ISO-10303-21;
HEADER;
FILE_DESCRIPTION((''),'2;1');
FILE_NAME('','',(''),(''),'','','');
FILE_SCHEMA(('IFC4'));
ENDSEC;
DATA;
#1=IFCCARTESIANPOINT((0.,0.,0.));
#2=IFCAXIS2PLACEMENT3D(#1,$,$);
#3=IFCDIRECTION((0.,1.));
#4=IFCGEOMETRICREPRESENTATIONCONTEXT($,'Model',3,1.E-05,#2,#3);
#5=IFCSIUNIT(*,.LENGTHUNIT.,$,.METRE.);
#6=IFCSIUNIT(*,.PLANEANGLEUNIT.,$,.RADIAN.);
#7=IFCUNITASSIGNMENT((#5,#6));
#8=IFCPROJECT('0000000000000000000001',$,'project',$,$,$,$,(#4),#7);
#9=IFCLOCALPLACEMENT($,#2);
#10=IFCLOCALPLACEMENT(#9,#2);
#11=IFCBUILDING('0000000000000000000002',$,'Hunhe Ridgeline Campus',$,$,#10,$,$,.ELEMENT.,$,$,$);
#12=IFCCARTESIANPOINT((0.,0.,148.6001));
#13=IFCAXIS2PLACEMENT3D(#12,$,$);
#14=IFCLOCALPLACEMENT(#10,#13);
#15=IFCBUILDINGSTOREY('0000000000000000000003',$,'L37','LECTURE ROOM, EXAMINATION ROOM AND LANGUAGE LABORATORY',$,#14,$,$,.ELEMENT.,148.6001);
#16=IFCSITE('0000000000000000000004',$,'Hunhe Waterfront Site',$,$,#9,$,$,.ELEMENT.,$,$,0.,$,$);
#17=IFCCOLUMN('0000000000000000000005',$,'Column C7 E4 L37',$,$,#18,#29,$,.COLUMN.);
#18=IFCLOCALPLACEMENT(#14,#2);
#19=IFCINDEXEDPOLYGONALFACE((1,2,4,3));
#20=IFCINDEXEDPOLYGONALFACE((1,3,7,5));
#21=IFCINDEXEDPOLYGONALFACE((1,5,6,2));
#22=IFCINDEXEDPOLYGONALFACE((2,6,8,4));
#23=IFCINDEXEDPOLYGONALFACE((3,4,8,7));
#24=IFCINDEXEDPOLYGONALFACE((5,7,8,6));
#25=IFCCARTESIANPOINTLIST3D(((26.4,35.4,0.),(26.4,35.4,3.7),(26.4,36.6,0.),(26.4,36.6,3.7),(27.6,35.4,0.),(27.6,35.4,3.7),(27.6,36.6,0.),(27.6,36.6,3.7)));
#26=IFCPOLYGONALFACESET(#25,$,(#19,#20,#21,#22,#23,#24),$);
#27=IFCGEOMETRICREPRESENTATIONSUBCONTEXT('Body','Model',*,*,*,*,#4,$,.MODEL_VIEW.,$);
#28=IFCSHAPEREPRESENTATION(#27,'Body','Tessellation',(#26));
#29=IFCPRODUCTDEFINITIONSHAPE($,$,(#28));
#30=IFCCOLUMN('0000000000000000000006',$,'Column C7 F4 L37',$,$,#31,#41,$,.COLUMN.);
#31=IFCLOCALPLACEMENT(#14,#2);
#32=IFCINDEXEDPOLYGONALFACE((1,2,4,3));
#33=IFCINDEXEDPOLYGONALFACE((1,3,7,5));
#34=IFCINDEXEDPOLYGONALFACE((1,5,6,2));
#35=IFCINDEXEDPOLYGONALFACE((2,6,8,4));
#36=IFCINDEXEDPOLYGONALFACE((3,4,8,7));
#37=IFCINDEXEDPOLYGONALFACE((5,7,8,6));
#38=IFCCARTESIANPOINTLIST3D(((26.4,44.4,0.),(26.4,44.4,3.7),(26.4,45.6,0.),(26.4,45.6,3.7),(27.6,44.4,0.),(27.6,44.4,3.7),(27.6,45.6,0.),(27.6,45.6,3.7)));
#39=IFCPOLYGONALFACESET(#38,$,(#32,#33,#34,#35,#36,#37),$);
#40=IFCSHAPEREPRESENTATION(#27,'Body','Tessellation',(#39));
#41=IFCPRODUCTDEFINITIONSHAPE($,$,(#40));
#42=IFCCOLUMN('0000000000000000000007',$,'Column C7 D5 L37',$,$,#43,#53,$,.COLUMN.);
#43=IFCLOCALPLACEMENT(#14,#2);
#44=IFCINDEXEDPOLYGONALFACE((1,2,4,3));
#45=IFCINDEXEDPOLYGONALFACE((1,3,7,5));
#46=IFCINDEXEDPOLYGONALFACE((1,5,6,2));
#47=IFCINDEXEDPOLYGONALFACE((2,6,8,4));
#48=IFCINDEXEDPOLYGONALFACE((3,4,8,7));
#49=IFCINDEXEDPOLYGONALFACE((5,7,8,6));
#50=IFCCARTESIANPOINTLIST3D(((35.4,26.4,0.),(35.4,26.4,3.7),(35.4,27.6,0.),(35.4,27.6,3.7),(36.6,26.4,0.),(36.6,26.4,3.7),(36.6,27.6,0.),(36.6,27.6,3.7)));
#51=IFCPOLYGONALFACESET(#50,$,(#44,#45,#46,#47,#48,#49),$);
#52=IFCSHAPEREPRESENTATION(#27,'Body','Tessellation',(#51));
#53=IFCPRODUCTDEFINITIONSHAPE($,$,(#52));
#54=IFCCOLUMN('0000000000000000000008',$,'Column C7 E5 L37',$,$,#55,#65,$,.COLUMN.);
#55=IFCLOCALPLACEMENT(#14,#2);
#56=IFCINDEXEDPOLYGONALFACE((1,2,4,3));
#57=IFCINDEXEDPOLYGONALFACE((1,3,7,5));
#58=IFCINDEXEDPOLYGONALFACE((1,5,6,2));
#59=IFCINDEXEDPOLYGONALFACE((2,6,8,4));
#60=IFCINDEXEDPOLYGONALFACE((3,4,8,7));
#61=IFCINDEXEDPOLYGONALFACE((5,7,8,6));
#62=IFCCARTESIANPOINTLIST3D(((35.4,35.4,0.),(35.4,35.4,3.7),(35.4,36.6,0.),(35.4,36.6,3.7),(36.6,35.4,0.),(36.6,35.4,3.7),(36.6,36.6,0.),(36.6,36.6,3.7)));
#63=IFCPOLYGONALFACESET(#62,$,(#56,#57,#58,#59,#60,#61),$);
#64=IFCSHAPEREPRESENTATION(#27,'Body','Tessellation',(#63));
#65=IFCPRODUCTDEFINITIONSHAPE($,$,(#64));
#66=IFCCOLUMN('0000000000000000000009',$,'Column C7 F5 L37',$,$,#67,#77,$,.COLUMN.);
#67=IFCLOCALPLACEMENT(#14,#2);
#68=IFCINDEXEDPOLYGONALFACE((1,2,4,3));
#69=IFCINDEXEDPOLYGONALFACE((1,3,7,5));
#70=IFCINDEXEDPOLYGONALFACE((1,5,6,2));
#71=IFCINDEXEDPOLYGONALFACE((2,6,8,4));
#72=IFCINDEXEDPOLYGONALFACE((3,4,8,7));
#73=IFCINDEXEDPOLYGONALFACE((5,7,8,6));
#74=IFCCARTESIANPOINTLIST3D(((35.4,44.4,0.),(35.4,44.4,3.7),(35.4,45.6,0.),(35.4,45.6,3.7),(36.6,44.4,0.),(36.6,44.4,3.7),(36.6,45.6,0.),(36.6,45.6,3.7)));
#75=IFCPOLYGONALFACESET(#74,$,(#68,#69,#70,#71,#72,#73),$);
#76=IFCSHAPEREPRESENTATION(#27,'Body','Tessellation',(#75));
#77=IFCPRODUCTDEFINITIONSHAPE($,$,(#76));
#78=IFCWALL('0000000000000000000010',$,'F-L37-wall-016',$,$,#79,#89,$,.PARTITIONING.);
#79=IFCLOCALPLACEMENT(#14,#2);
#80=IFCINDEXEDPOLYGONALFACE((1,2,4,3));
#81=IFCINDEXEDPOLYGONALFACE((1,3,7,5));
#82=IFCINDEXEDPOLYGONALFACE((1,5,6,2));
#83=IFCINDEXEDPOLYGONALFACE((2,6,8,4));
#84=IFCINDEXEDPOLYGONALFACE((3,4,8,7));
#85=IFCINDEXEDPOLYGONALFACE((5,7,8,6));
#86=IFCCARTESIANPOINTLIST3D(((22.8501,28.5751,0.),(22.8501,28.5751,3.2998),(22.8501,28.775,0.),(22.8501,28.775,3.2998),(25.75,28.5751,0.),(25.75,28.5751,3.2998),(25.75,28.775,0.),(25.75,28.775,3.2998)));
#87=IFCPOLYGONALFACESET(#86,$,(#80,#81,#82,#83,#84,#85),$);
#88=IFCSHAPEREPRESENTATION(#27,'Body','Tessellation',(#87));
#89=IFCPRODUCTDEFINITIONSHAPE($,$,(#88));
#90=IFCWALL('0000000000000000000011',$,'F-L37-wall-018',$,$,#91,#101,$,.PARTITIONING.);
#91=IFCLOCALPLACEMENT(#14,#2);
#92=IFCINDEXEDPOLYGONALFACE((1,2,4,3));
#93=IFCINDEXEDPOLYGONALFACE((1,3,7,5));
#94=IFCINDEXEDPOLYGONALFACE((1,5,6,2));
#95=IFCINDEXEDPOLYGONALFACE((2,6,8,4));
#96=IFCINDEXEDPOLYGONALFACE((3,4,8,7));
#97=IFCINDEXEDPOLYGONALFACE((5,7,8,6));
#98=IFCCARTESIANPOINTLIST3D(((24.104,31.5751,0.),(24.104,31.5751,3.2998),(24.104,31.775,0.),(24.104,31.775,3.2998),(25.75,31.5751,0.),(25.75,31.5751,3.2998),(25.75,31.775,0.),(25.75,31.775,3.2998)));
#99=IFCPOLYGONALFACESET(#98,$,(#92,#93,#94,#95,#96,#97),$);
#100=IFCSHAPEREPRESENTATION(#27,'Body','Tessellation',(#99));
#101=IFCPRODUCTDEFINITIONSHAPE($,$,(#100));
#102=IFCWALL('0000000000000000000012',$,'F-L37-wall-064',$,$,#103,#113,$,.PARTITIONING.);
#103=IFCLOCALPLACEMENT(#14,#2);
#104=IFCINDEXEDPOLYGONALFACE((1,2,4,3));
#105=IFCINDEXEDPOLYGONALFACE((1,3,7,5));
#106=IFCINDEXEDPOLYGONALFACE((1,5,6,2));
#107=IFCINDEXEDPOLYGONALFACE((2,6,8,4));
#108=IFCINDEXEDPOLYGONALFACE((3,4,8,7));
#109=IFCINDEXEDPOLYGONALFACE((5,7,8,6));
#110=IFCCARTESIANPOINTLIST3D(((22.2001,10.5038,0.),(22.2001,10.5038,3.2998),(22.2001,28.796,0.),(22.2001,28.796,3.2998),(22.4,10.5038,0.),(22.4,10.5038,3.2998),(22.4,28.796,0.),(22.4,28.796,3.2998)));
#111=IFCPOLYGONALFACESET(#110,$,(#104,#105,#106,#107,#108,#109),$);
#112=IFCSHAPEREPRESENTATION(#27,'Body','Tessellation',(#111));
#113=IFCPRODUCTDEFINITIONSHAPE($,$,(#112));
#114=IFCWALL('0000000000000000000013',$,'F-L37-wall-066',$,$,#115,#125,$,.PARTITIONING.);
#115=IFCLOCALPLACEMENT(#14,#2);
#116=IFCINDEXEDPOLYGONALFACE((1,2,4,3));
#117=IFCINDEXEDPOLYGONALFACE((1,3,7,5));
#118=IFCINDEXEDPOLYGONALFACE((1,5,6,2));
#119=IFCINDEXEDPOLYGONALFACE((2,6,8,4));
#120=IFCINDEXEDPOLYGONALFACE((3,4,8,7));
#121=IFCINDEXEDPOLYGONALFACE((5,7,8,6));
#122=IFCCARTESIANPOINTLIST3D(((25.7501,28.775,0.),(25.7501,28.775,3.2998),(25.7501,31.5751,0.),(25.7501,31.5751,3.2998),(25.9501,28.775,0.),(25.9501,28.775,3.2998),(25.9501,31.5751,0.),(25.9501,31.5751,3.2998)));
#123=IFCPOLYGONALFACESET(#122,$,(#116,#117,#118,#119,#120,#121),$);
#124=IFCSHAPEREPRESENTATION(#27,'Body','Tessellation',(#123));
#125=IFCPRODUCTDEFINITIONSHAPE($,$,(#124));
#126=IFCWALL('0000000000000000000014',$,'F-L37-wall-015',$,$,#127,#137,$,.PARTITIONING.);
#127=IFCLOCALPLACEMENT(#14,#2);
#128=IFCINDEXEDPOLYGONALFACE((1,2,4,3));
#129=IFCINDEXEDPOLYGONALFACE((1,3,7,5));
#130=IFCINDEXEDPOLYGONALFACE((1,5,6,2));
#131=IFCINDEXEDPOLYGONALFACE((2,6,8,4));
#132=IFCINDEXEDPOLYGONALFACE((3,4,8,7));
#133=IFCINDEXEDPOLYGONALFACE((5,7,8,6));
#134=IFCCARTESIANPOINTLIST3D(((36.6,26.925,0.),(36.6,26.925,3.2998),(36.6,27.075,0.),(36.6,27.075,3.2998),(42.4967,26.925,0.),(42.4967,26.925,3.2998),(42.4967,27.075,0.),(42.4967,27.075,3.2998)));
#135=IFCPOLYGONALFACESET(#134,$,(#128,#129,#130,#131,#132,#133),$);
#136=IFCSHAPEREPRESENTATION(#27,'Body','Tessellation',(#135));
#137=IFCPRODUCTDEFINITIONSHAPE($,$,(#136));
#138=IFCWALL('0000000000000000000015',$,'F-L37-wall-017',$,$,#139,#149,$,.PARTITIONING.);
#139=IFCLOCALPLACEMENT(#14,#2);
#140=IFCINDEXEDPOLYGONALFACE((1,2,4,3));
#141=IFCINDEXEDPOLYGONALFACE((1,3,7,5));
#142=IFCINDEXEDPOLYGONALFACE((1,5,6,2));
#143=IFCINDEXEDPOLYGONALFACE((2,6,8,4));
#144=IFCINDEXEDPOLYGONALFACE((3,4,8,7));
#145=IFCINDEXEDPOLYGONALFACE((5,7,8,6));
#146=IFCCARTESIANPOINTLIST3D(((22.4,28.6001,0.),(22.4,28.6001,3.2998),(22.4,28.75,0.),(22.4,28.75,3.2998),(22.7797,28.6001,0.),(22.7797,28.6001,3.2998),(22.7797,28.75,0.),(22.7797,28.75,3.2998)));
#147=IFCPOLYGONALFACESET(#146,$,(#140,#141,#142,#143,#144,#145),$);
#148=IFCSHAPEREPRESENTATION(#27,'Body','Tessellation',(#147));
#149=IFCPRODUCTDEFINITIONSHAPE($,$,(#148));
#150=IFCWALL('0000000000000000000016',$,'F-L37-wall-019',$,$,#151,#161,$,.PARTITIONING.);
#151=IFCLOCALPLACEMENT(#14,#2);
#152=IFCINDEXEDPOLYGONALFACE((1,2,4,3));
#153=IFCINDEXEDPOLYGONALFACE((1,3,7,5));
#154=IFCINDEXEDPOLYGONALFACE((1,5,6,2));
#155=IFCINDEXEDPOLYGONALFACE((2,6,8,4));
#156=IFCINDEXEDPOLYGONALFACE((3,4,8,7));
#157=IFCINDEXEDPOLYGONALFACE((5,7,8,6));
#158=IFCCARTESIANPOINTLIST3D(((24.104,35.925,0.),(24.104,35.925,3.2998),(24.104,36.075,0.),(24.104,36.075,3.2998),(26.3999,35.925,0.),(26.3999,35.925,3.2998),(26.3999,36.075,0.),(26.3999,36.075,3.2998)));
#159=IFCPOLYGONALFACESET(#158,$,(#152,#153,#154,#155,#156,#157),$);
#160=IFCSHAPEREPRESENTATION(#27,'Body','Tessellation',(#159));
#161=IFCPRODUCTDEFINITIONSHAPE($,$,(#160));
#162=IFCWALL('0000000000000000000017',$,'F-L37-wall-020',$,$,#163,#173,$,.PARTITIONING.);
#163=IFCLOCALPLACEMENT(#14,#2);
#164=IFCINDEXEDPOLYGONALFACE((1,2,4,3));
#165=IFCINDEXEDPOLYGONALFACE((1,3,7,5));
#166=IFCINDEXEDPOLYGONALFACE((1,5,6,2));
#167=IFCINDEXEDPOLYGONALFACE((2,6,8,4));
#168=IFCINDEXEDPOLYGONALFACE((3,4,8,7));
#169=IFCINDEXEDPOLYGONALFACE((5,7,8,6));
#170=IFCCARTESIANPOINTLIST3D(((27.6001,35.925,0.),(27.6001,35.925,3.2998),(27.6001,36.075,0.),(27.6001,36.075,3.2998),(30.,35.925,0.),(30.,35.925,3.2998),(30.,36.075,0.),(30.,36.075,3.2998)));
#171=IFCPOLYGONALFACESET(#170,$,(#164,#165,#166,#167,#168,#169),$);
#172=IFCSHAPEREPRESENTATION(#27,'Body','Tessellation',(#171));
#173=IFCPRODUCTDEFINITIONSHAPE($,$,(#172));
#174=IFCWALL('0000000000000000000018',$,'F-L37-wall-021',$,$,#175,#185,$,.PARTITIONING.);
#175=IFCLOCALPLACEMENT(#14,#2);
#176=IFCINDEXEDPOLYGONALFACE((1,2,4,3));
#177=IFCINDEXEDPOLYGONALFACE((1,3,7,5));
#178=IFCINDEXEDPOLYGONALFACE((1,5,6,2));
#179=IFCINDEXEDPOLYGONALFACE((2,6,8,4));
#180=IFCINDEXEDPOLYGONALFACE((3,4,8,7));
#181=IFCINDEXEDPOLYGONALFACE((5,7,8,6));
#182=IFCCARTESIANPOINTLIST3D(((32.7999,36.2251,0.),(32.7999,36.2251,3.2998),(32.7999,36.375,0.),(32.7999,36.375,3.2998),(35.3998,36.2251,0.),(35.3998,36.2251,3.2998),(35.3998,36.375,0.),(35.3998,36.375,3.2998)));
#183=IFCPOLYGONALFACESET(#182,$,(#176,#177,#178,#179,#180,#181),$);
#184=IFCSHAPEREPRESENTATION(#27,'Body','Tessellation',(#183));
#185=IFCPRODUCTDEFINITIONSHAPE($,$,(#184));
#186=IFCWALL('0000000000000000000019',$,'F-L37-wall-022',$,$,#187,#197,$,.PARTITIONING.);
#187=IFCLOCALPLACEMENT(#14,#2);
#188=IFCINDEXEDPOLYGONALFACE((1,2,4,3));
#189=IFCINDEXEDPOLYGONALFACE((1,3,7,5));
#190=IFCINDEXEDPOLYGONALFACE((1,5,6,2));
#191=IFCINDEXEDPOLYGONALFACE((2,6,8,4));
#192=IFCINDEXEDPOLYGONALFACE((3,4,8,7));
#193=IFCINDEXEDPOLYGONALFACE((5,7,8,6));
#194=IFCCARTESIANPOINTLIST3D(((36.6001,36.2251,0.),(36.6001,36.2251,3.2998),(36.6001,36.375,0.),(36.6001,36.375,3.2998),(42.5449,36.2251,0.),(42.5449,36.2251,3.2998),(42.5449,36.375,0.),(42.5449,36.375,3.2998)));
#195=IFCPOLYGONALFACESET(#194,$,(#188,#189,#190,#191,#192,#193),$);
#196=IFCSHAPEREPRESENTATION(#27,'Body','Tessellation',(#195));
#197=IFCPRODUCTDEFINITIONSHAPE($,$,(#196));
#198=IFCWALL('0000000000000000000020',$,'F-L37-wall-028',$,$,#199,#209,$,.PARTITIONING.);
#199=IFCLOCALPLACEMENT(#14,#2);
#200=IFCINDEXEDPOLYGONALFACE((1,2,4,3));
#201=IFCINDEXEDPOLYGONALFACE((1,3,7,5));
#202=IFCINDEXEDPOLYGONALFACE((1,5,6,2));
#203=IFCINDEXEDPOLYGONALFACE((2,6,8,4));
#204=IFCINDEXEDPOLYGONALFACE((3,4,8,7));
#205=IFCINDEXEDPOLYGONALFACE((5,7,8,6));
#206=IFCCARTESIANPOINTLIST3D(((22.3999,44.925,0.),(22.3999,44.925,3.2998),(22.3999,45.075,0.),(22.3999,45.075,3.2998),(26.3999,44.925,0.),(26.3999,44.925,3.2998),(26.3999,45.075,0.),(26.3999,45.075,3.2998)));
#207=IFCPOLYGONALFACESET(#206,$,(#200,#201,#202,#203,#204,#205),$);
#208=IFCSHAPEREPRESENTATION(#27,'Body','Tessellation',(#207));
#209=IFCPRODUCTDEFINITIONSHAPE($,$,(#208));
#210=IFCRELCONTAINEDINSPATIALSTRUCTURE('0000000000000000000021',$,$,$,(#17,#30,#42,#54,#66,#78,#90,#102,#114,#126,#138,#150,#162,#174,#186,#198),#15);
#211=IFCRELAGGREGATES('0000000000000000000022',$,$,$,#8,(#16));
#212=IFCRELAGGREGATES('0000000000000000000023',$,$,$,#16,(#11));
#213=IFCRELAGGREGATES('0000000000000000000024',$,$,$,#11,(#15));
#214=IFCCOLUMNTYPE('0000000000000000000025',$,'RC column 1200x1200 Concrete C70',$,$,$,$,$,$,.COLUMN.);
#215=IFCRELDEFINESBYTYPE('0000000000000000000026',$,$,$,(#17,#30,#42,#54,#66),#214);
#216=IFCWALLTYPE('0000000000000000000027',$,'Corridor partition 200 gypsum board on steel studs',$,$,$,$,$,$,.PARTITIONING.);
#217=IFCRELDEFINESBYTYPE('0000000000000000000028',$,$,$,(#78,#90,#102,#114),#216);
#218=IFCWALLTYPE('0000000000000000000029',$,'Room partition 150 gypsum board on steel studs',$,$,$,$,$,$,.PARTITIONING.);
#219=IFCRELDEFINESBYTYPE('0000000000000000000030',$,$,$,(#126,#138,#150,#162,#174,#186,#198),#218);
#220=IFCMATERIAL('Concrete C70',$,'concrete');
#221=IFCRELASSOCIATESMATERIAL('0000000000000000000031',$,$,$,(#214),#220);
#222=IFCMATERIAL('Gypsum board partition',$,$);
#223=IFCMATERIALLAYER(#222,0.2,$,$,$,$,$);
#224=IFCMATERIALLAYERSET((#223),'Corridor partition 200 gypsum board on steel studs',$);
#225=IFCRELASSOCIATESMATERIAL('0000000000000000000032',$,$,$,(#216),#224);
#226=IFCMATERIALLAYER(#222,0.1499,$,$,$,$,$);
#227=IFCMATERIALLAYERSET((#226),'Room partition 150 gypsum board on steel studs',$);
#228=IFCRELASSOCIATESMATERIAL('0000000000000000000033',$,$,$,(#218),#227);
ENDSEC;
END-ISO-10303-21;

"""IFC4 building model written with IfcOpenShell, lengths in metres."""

from ifc_helpers import new_model, si_unit, direction, frame, frame_2d, origin, origin_2d, place, context, subcontext, project, spatial, rectangle, extrude, material, layer, layer_set, material_profile, profile_set, type_object, element, save


model = new_model("IFC4")

# Units and contexts
model_context = context("Model", 3, precision=1e-05, world=origin(), true_north=direction((0.0, 1.0)))
body_context = subcontext(model_context, "Body", "Model", "MODEL_VIEW")
ifc_project = project(units=[si_unit("LENGTHUNIT", "METRE"), si_unit("PLANEANGLEUNIT", "RADIAN")], contexts=[model_context])

# Site, building, storey
site_placement = place(None, origin())
site = spatial("IfcSite", under=ifc_project, at=site_placement, Name="Hunhe Waterfront Site", CompositionType="ELEMENT", RefElevation=0.0)
building_placement = place(site_placement, origin())
building = spatial("IfcBuilding", under=site, at=building_placement, Name="Hunhe Ridgeline Campus", CompositionType="ELEMENT")
storey_placement = place(building_placement, frame((0.0, 0.0, 148.6001)))
storey = spatial("IfcBuildingStorey", under=building, at=storey_placement, Name="L37", Description="LECTURE ROOM, EXAMINATION ROOM AND LANGUAGE LABORATORY", CompositionType="ELEMENT", Elevation=148.6001)

# Columns
ifc_material_1 = material(Name="Concrete C70", Category="concrete")
ifc_material_profile = material_profile(ifc_material_1, rectangle(XDim=1.2, YDim=1.2, at=origin_2d()))
ifc_profile_set = profile_set([ifc_material_profile], Name="Concrete C70")
column_type = type_object("IfcColumnType", Name="RC column 1200x1200 Concrete C70", PredefinedType="COLUMN", material=ifc_profile_set)
for number, where, z_axis, x_axis, name in (
    (1, (27.0, 36.0, 0.0), (0.0, 0.0, 1.0), (1.0, 0.0, 0.0), "Column C7 E4 L37"),
    (2, (27.0, 45.0, 0.0), (0.0, 0.0, 1.0), (1.0, 0.0, 0.0), "Column C7 F4 L37"),
    (3, (36.0, 27.0, 0.0), (0.0, 0.0, 1.0), (1.0, 0.0, 0.0), "Column C7 D5 L37"),
    (4, (36.0, 36.0, 0.0), (0.0, 0.0, 1.0), (1.0, 0.0, 0.0), "Column C7 E5 L37"),
    (5, (36.0, 45.0, 0.0), (0.0, 0.0, 1.0), (1.0, 0.0, 0.0), "Column C7 F5 L37"),
):
    element("IfcColumn", number, at=place(storey_placement, frame(where, z_axis=z_axis, x_axis=x_axis)), inside=storey, type_object=column_type, Name=name, PredefinedType="COLUMN", context=body_context, shape_type="SweptSolid", body=[
        extrude(rectangle(XDim=1.2, YDim=1.2, at=origin_2d()), origin(), (0.0, 0.0, 1.0), 3.7),
    ])

# Walls
ifc_material_2 = material(Name="Gypsum board partition")
ifc_layer_1 = layer(ifc_material_2, 0.2)
ifc_layer_set_1 = layer_set([ifc_layer_1], Name="Corridor partition 200 gypsum board on steel studs")
wall_type_1 = type_object("IfcWallType", Name="Corridor partition 200 gypsum board on steel studs", PredefinedType="PARTITIONING", material=ifc_layer_set_1)
wall_1_placement = place(storey_placement, frame((25.75, 28.675, 0.0), z_axis=(0.0, 0.0, 1.0), x_axis=(-1.0, 0.0, 0.0)))
element("IfcWall", 6, at=wall_1_placement, inside=storey, type_object=wall_type_1, Name="F-L37-wall-016", PredefinedType="PARTITIONING", context=body_context, shape_type="SweptSolid", body=[
    extrude(rectangle(XDim=2.8999, YDim=0.2, at=frame_2d((1.45, 0.0))), origin(), (0.0, 0.0, 1.0), 3.2998),
])
wall_2_placement = place(storey_placement, frame((24.104, 31.675, 0.0), z_axis=(0.0, 0.0, 1.0), x_axis=(1.0, 0.0, 0.0)))
element("IfcWall", 7, at=wall_2_placement, inside=storey, type_object=wall_type_1, Name="F-L37-wall-018", PredefinedType="PARTITIONING", context=body_context, shape_type="SweptSolid", body=[
    extrude(rectangle(XDim=1.646, YDim=0.2, at=frame_2d((0.823, 0.0))), origin(), (0.0, 0.0, 1.0), 3.2998),
])
wall_3_placement = place(storey_placement, frame((22.3, 28.7959, 0.0), z_axis=(0.0, 0.0, 1.0), x_axis=(0.0, -1.0, 0.0)))
element("IfcWall", 8, at=wall_3_placement, inside=storey, type_object=wall_type_1, Name="F-L37-wall-064", PredefinedType="PARTITIONING", context=body_context, shape_type="SweptSolid", body=[
    extrude(rectangle(XDim=18.2922, YDim=0.2, at=frame_2d((9.146, 0.0))), origin(), (0.0, 0.0, 1.0), 3.2998),
])
wall_4_placement = place(storey_placement, frame((25.8501, 31.575, 0.0), z_axis=(0.0, 0.0, 1.0), x_axis=(0.0, -1.0, 0.0)))
element("IfcWall", 9, at=wall_4_placement, inside=storey, type_object=wall_type_1, Name="F-L37-wall-066", PredefinedType="PARTITIONING", context=body_context, shape_type="SweptSolid", body=[
    extrude(rectangle(XDim=2.8, YDim=0.2, at=frame_2d((1.3999, 0.0))), origin(), (0.0, 0.0, 1.0), 3.2998),
])
ifc_layer_2 = layer(ifc_material_2, 0.1499)
ifc_layer_set_2 = layer_set([ifc_layer_2], Name="Room partition 150 gypsum board on steel studs")
wall_type_2 = type_object("IfcWallType", Name="Room partition 150 gypsum board on steel studs", PredefinedType="PARTITIONING", material=ifc_layer_set_2)
wall_5_placement = place(storey_placement, frame((36.6001, 27.0, 0.0), z_axis=(0.0, 0.0, 1.0), x_axis=(1.0, 0.0, 0.0)))
element("IfcWall", 10, at=wall_5_placement, inside=storey, type_object=wall_type_2, Name="F-L37-wall-015", PredefinedType="PARTITIONING", context=body_context, shape_type="SweptSolid", body=[
    extrude(rectangle(XDim=5.8967, YDim=0.1499, at=frame_2d((2.9482, 0.0))), origin(), (0.0, 0.0, 1.0), 3.2998),
])
wall_6_placement = place(storey_placement, frame((22.3999, 28.675, 0.0), z_axis=(0.0, 0.0, 1.0), x_axis=(1.0, 0.0, 0.0)))
element("IfcWall", 11, at=wall_6_placement, inside=storey, type_object=wall_type_2, Name="F-L37-wall-017", PredefinedType="PARTITIONING", context=body_context, shape_type="SweptSolid", body=[
    extrude(rectangle(XDim=0.3796, YDim=0.1499, at=frame_2d((0.1899, 0.0))), origin(), (0.0, 0.0, 1.0), 3.2998),
])
wall_7_placement = place(storey_placement, frame((24.104, 36.0, 0.0), z_axis=(0.0, 0.0, 1.0), x_axis=(1.0, 0.0, 0.0)))
element("IfcWall", 12, at=wall_7_placement, inside=storey, type_object=wall_type_2, Name="F-L37-wall-019", PredefinedType="PARTITIONING", context=body_context, shape_type="SweptSolid", body=[
    extrude(rectangle(XDim=2.2959, YDim=0.1499, at=frame_2d((1.1479, 0.0))), origin(), (0.0, 0.0, 1.0), 3.2998),
])
wall_8_placement = place(storey_placement, frame((27.6001, 36.0, 0.0), z_axis=(0.0, 0.0, 1.0), x_axis=(1.0, 0.0, 0.0)))
element("IfcWall", 13, at=wall_8_placement, inside=storey, type_object=wall_type_2, Name="F-L37-wall-020", PredefinedType="PARTITIONING", context=body_context, shape_type="SweptSolid", body=[
    extrude(rectangle(XDim=2.3999, YDim=0.1499, at=frame_2d((1.2, 0.0))), origin(), (0.0, 0.0, 1.0), 3.2998),
])
wall_9_placement = place(storey_placement, frame((32.8, 36.3, 0.0), z_axis=(0.0, 0.0, 1.0), x_axis=(1.0, 0.0, 0.0)))
element("IfcWall", 14, at=wall_9_placement, inside=storey, type_object=wall_type_2, Name="F-L37-wall-021", PredefinedType="PARTITIONING", context=body_context, shape_type="SweptSolid", body=[
    extrude(rectangle(XDim=2.5999, YDim=0.1499, at=frame_2d((1.2998, 0.0))), origin(), (0.0, 0.0, 1.0), 3.2998),
])
wall_10_placement = place(storey_placement, frame((36.6001, 36.3, 0.0), z_axis=(0.0, 0.0, 1.0), x_axis=(1.0, 0.0, 0.0)))
element("IfcWall", 15, at=wall_10_placement, inside=storey, type_object=wall_type_2, Name="F-L37-wall-022", PredefinedType="PARTITIONING", context=body_context, shape_type="SweptSolid", body=[
    extrude(rectangle(XDim=5.9448, YDim=0.1499, at=frame_2d((2.9724, 0.0))), origin(), (0.0, 0.0, 1.0), 3.2998),
])
wall_11_placement = place(storey_placement, frame((22.3999, 45.0, 0.0), z_axis=(0.0, 0.0, 1.0), x_axis=(1.0, 0.0, 0.0)))
element("IfcWall", 16, at=wall_11_placement, inside=storey, type_object=wall_type_2, Name="F-L37-wall-028", PredefinedType="PARTITIONING", context=body_context, shape_type="SweptSolid", body=[
    extrude(rectangle(XDim=4.0, YDim=0.1499, at=frame_2d((2.0, 0.0))), origin(), (0.0, 0.0, 1.0), 3.2998),
])

save(model, "model.ifc")
